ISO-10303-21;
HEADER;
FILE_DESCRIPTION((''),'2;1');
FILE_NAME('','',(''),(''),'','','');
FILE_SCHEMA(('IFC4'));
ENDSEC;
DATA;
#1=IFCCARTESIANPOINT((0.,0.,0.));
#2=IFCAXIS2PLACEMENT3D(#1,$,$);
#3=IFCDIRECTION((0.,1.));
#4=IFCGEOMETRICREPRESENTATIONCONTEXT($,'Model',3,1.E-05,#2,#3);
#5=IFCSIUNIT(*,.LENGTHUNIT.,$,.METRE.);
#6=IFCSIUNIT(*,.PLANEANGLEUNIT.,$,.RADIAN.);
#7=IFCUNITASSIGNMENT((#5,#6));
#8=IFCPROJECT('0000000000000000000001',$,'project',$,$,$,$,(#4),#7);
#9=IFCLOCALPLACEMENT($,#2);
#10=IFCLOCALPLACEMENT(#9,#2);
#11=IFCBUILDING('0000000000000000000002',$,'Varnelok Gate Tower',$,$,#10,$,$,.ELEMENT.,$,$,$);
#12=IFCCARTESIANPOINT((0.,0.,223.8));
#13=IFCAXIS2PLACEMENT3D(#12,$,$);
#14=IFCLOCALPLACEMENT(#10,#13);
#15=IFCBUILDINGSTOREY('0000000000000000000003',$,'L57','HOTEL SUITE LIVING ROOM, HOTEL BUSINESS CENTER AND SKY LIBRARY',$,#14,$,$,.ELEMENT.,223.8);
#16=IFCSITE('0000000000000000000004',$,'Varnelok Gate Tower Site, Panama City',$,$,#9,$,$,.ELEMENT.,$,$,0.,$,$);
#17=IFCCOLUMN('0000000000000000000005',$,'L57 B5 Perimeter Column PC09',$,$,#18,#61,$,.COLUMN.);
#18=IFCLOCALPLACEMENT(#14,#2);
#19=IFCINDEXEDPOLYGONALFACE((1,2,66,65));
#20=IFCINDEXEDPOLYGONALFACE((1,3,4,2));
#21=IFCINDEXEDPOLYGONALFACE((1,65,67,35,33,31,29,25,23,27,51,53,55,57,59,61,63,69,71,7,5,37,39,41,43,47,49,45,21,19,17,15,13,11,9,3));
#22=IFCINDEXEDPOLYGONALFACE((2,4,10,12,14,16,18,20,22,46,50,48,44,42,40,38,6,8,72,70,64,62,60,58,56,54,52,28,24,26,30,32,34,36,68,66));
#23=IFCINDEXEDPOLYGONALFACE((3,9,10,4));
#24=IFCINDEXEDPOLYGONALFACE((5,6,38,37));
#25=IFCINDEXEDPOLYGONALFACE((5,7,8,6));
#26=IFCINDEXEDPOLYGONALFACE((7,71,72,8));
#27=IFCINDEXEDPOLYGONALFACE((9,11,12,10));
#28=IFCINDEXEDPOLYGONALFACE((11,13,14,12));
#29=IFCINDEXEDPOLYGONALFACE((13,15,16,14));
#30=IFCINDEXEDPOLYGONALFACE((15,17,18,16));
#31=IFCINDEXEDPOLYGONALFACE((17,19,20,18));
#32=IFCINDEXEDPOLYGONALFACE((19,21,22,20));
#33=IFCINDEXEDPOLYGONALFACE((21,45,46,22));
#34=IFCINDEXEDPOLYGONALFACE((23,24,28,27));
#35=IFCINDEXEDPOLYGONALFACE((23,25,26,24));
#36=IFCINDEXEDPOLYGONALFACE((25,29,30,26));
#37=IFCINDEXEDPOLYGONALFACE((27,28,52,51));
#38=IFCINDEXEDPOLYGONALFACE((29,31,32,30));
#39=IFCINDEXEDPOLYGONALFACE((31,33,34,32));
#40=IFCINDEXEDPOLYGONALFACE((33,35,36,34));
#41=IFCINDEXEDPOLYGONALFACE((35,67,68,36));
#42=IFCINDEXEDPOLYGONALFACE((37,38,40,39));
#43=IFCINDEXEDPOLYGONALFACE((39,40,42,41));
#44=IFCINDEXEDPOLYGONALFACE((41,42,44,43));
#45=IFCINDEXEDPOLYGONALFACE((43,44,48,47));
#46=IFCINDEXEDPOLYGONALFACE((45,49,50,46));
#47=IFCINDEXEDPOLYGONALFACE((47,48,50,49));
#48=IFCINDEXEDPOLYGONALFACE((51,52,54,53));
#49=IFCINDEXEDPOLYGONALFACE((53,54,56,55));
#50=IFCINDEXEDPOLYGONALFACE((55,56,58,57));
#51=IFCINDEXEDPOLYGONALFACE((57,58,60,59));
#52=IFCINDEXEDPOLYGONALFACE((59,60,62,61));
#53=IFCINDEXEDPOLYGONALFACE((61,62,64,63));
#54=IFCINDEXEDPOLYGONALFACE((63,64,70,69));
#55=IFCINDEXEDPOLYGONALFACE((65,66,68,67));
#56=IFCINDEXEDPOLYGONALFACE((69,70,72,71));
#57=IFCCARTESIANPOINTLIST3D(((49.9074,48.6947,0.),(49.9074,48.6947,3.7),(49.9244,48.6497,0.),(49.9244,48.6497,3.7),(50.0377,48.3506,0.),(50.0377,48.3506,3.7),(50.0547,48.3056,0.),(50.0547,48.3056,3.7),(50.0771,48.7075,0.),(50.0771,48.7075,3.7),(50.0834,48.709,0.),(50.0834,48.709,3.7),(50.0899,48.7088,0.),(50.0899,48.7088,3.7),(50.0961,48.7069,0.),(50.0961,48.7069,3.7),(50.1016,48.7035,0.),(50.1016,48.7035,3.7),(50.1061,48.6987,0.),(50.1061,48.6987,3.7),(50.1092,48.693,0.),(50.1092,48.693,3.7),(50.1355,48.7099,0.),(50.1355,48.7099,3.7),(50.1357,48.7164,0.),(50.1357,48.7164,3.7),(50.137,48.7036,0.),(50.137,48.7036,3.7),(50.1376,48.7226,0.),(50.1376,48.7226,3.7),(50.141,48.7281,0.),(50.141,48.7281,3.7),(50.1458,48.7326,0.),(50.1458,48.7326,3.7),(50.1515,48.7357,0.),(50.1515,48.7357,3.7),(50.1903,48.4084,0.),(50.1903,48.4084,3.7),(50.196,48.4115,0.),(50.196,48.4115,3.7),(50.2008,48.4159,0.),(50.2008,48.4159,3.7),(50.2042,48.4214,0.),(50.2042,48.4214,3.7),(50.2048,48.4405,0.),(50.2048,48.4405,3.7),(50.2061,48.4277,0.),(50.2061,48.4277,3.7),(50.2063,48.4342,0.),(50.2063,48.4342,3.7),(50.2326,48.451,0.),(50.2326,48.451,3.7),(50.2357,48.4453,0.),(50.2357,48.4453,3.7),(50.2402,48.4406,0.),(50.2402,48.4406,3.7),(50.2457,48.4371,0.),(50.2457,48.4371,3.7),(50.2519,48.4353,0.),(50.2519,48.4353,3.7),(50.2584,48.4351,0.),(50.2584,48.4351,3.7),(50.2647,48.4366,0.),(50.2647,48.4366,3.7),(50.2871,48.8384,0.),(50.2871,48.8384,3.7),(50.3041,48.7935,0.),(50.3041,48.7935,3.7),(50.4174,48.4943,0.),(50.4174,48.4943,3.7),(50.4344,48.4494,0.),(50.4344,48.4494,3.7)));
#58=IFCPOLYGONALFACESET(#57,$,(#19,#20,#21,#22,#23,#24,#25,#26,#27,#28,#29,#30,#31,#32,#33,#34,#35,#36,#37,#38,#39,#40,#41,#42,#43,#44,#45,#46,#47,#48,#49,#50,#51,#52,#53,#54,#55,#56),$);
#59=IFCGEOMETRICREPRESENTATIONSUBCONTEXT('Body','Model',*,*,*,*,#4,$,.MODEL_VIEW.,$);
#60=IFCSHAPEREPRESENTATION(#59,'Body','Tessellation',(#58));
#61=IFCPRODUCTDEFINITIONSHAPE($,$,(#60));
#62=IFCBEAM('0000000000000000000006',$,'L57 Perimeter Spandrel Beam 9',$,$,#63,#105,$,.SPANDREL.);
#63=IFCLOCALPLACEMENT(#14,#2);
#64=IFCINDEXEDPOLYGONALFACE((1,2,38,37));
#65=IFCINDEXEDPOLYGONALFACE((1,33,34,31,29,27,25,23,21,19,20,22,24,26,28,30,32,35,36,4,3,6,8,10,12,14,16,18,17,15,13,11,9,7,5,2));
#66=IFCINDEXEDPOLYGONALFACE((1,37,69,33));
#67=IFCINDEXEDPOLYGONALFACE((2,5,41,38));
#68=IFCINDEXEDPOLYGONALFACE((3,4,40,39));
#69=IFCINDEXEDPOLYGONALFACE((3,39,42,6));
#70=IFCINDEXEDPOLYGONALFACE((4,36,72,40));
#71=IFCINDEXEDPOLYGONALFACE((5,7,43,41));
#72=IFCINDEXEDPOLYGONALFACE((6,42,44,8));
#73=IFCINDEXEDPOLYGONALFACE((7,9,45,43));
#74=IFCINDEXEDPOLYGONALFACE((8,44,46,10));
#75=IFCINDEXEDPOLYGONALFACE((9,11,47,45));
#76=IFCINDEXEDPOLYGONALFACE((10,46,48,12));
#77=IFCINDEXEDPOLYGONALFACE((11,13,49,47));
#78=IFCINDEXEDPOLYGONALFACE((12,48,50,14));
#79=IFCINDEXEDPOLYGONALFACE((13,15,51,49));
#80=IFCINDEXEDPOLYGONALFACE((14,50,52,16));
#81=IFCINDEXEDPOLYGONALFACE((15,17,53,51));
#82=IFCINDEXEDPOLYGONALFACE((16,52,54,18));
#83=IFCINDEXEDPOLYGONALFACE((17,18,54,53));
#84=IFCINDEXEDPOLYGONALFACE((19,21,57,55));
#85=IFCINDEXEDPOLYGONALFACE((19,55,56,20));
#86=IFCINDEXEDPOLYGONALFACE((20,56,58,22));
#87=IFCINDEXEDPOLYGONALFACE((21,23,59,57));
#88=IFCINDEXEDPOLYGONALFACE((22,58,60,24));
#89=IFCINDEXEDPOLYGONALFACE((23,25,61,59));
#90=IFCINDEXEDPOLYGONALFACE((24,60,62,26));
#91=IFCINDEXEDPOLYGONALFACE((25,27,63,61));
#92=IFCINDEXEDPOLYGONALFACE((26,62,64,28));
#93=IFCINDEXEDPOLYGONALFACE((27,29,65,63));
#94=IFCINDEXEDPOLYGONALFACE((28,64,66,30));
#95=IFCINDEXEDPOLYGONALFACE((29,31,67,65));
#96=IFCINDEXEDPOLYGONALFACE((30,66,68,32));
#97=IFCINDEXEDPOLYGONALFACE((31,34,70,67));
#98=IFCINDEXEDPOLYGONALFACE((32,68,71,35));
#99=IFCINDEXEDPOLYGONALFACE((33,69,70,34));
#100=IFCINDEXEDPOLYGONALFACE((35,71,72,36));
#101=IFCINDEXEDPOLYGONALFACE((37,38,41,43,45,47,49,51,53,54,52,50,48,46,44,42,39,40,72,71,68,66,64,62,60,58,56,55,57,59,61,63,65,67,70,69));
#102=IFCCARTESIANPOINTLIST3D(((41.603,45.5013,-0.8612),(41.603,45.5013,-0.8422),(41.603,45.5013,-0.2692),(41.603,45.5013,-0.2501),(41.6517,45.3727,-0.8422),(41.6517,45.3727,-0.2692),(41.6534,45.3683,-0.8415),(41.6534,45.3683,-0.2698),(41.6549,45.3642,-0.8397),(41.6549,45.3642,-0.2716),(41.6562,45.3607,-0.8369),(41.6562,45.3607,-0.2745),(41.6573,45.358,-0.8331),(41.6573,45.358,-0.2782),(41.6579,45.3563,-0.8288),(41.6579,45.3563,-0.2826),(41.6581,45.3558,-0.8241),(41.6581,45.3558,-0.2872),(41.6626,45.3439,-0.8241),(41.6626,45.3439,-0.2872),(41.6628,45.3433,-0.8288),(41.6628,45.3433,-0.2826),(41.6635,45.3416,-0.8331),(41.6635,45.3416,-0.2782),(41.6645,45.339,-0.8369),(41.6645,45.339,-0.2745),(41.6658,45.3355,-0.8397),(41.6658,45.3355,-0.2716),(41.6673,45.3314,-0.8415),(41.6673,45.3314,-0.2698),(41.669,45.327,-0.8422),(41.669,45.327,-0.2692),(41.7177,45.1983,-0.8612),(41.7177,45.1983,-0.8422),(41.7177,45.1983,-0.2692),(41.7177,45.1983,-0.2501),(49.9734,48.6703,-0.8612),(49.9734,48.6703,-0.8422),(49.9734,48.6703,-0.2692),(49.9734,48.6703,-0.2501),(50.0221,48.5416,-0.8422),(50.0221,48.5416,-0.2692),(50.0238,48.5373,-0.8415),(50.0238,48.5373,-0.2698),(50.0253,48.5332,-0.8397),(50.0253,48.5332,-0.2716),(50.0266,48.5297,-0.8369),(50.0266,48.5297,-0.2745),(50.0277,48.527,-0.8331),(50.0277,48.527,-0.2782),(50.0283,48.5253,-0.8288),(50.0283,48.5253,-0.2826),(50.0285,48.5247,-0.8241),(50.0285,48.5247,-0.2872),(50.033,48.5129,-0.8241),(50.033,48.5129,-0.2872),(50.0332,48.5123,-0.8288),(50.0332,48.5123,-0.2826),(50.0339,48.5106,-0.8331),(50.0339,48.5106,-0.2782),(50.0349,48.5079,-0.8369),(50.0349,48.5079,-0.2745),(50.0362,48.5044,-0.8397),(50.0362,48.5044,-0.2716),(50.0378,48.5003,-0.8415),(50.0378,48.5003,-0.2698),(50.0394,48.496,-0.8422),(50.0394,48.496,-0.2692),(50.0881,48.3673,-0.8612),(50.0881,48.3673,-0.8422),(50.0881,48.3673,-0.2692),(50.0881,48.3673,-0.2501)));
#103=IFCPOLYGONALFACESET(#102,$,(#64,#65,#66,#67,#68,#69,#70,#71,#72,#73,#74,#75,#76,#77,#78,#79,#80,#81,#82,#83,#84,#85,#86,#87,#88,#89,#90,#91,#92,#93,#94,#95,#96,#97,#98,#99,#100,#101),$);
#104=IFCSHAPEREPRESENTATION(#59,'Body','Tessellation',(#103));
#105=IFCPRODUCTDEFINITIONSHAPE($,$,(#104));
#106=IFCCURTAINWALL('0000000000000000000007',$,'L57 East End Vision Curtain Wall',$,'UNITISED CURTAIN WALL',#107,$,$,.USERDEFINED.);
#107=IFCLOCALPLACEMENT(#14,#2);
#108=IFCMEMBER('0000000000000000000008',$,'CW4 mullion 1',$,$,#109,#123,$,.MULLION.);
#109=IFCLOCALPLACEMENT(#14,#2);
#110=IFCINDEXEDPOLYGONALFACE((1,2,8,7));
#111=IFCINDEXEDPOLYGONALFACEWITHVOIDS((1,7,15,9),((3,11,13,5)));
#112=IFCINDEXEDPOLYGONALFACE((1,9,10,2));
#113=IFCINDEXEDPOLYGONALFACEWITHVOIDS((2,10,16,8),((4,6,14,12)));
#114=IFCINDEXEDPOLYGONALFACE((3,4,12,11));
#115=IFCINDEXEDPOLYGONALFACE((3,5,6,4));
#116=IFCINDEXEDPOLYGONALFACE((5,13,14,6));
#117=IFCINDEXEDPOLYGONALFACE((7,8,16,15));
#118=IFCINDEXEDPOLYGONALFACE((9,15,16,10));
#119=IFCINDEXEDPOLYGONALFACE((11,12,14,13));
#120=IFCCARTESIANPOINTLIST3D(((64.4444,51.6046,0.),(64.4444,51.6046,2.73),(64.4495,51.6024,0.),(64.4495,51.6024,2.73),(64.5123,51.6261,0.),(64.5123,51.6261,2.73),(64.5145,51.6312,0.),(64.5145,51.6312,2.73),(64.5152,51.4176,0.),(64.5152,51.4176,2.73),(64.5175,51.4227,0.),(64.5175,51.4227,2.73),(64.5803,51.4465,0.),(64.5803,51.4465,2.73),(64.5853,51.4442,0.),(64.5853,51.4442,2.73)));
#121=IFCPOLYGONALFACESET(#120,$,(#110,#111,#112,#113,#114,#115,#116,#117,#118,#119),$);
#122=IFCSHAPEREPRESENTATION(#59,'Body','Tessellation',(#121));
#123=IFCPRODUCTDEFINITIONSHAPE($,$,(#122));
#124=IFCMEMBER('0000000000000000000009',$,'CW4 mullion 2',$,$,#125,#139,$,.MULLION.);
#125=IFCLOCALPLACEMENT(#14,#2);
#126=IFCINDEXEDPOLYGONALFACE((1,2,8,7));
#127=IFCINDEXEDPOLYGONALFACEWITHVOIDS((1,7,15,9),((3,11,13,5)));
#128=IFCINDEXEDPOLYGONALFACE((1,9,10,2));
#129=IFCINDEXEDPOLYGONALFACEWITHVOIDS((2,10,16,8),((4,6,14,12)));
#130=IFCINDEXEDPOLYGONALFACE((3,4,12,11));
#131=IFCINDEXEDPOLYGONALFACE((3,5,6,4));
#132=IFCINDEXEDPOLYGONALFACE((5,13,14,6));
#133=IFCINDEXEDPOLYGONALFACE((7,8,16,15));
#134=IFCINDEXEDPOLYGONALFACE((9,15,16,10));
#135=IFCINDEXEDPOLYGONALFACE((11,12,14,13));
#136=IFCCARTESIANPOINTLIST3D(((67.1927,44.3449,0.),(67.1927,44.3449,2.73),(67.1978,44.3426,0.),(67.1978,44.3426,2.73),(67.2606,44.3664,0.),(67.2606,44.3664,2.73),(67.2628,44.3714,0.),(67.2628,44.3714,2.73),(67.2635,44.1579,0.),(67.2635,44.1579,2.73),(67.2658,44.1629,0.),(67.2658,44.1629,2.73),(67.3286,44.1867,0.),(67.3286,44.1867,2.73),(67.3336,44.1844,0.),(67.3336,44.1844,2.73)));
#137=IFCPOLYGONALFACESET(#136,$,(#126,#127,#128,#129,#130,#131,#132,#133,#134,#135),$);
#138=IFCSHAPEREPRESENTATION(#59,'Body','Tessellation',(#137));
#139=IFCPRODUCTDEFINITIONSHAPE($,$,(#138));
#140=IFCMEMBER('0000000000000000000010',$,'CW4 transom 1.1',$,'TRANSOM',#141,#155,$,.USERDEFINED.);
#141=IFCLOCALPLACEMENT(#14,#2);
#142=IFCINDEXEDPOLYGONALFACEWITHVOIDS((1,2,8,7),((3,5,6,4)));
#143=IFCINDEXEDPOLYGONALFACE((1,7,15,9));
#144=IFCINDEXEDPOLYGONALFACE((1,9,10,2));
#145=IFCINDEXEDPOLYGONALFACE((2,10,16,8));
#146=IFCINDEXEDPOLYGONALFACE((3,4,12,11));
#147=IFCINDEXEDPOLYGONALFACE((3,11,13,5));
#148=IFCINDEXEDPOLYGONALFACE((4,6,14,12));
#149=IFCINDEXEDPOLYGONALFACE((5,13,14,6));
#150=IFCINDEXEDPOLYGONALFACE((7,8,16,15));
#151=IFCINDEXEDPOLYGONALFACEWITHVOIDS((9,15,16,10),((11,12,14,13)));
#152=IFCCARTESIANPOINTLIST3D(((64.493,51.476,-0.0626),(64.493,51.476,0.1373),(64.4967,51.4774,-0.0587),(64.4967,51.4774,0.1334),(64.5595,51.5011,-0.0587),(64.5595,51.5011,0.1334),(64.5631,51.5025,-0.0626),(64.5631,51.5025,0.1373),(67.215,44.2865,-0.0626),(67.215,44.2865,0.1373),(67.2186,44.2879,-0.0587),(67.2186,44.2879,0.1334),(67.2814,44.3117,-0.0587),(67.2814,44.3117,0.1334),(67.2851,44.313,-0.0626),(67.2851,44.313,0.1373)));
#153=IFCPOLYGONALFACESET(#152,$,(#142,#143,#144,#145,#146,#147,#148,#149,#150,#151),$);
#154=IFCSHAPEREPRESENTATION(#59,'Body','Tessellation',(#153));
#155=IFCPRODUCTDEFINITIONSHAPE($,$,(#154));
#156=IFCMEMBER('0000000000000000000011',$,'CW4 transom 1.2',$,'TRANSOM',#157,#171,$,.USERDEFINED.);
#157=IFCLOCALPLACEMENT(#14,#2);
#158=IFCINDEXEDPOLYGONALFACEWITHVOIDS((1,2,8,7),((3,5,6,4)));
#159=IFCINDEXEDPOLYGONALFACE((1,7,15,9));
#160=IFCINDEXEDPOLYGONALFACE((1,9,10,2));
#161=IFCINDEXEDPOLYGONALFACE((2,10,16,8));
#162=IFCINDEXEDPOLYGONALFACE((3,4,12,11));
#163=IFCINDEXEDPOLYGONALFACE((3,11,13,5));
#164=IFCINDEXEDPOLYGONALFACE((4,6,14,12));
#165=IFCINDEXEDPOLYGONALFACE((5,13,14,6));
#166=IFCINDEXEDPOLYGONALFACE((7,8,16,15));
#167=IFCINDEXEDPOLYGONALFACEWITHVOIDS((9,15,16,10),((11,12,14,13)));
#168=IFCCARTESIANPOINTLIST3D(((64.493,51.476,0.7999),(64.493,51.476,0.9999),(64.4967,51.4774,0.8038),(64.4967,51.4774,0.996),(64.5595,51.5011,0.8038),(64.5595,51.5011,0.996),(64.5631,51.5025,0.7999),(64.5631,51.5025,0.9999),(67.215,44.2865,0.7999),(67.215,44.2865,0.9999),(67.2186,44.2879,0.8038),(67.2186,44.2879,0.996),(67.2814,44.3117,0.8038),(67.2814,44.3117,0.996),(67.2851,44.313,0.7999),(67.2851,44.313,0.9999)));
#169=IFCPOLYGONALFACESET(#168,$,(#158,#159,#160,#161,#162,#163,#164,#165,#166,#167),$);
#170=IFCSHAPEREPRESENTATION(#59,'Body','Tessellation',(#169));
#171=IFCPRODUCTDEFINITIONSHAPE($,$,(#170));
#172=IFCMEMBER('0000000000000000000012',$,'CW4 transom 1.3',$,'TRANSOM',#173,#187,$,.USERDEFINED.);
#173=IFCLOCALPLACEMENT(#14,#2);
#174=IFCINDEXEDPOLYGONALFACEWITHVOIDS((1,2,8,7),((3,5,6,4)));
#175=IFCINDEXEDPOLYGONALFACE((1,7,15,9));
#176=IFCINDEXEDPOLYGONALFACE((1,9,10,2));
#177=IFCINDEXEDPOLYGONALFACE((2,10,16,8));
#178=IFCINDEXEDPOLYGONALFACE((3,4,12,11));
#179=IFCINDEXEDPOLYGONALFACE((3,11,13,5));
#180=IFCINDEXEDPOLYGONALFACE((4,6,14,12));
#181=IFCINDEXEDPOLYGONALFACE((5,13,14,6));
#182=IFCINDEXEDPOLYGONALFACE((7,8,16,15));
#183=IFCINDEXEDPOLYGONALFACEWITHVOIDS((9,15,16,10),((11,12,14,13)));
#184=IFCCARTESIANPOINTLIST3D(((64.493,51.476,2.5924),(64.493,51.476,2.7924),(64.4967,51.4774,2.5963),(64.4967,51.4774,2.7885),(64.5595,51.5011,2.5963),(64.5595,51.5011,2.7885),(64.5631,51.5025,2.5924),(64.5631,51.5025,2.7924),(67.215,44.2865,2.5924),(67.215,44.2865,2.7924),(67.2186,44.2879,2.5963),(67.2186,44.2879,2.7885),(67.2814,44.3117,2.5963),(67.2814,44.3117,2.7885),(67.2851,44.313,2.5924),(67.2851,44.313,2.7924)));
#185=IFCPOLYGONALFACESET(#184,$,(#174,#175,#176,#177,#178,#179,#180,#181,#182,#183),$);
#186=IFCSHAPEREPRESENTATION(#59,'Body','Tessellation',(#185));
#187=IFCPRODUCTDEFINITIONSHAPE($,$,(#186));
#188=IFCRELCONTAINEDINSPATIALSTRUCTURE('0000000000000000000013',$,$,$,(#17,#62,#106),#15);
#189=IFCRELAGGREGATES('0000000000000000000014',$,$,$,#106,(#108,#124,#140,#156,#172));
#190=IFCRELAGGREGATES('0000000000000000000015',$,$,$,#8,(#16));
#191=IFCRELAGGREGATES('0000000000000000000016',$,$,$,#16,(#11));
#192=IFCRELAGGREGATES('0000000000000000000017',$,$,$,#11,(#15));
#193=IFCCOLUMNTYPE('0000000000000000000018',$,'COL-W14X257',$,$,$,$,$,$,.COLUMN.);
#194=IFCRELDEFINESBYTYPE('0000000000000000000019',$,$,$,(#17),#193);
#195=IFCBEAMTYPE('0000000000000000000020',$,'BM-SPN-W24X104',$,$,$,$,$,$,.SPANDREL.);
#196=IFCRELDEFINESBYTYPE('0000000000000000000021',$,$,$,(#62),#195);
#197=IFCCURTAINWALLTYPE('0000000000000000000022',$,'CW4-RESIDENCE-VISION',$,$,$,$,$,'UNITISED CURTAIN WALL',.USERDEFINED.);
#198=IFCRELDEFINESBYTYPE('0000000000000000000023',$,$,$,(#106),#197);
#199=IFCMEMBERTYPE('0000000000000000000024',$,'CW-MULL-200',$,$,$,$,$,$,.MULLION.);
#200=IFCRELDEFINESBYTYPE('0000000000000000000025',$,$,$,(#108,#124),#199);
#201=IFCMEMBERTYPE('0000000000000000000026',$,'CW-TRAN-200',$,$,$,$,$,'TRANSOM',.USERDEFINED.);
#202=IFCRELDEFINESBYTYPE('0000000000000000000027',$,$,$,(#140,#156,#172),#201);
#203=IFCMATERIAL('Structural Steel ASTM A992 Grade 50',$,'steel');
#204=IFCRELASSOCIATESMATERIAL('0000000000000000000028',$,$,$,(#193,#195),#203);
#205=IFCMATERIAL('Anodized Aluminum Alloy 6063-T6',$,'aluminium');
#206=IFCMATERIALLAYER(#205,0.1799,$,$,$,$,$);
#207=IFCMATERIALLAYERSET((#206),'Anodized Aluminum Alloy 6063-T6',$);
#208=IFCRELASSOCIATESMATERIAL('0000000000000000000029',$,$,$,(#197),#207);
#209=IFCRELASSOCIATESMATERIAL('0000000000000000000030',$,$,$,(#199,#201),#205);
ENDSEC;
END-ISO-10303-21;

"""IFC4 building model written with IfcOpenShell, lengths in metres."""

from ifc_helpers import new_model, si_unit, direction, frame, origin, origin_2d, place, context, subcontext, project, spatial, hollow_rectangle, i_section, extrude, material, layer, layer_set, material_profile, profile_set, type_object, element, aggregate, save


model = new_model("IFC4")

# Units and contexts
model_context = context("Model", 3, precision=1e-05, world=origin(), true_north=direction((0.0, 1.0)))
body_context = subcontext(model_context, "Body", "Model", "MODEL_VIEW")
ifc_project = project(units=[si_unit("LENGTHUNIT", "METRE"), si_unit("PLANEANGLEUNIT", "RADIAN")], contexts=[model_context])

# Site, building, storey
site_placement = place(None, origin())
site = spatial("IfcSite", under=ifc_project, at=site_placement, Name="Varnelok Gate Tower Site, Panama City", CompositionType="ELEMENT", RefElevation=0.0)
building_placement = place(site_placement, origin())
building = spatial("IfcBuilding", under=site, at=building_placement, Name="Varnelok Gate Tower", CompositionType="ELEMENT")
storey_placement = place(building_placement, frame((0.0, 0.0, 223.8)))
storey = spatial("IfcBuildingStorey", under=building, at=storey_placement, Name="L57", Description="HOTEL SUITE LIVING ROOM, HOTEL BUSINESS CENTER AND SKY LIBRARY", CompositionType="ELEMENT", Elevation=223.8)

# Column
ifc_material_1 = material(Name="Structural Steel ASTM A992 Grade 50", Category="steel")
ifc_material_profile_1 = material_profile(ifc_material_1, i_section(OverallWidth=0.406, OverallDepth=0.416, WebThickness=0.0298, FlangeThickness=0.0481, FilletRadius=0.0249, at=origin_2d()), Name="W14X257")
ifc_profile_set_1 = profile_set([ifc_material_profile_1], Name="Structural Steel ASTM A992 Grade 50")
column_type = type_object("IfcColumnType", Name="COL-W14X257", PredefinedType="COLUMN", material=ifc_profile_set_1)
column_placement = place(storey_placement, frame((50.1709, 48.572, 0.0), z_axis=(0.0, 0.0, 1.0), x_axis=(0.935222, 0.354063, 0.0)))
element("IfcColumn", 1, at=column_placement, inside=storey, type_object=column_type, Name="L57 B5 Perimeter Column PC09", PredefinedType="COLUMN", context=body_context, shape_type="SweptSolid", body=[
    extrude(i_section(OverallWidth=0.406, OverallDepth=0.416, WebThickness=0.0298, FlangeThickness=0.0481, FilletRadius=0.0249, at=origin_2d()), origin(), (0.0, 0.0, 1.0), 3.7),
])

# Beam
ifc_material_profile_2 = material_profile(ifc_material_1, i_section(OverallWidth=0.324, OverallDepth=0.6111, WebThickness=0.0127, FlangeThickness=0.019, FilletRadius=0.0181, at=origin_2d()), Name="W24X104")
ifc_profile_set_2 = profile_set([ifc_material_profile_2], Name="Structural Steel ASTM A992 Grade 50")
beam_type = type_object("IfcBeamType", Name="BM-SPN-W24X104", PredefinedType="SPANDREL", material=ifc_profile_set_2)
beam_placement = place(storey_placement, frame((50.0308, 48.5188, -0.5557), z_axis=(-0.93522, -0.354066, 0.0), x_axis=(0.354066, -0.93522, 0.0)))
element("IfcBeam", 2, at=beam_placement, inside=storey, type_object=beam_type, Name="L57 Perimeter Spandrel Beam 9", PredefinedType="SPANDREL", context=body_context, shape_type="SweptSolid", body=[
    extrude(i_section(OverallWidth=0.324, OverallDepth=0.6111, WebThickness=0.0127, FlangeThickness=0.019, FilletRadius=0.0181, at=origin_2d()), origin(), (0.0, 0.0, 1.0), 8.9502),
])

# Curtain wall, members
ifc_material_2 = material(Name="Anodized Aluminum Alloy 6063-T6", Category="aluminium")
ifc_layer_1 = layer(ifc_material_2, 0.1799)
ifc_layer_set_1 = layer_set([ifc_layer_1], Name="Anodized Aluminum Alloy 6063-T6")
curtain_wall_type = type_object("IfcCurtainWallType", Name="CW4-RESIDENCE-VISION", ElementType="UNITISED CURTAIN WALL", PredefinedType="USERDEFINED", material=ifc_layer_set_1)
curtain_wall_placement = place(storey_placement, origin())
curtain_wall = element("IfcCurtainWall", 3, at=curtain_wall_placement, inside=storey, type_object=curtain_wall_type, Name="L57 East End Vision Curtain Wall", ObjectType="UNITISED CURTAIN WALL", PredefinedType="USERDEFINED")
ifc_material_profile_3 = material_profile(ifc_material_2, hollow_rectangle(XDim=0.075, YDim=0.2, WallThickness=0.0039, at=origin_2d()), Name="ALU200X75X4")
ifc_profile_set_3 = profile_set([ifc_material_profile_3], Name="Anodized Aluminum Alloy 6063-T6")
member_type_1 = type_object("IfcMemberType", Name="CW-MULL-200", PredefinedType="MULLION", material=ifc_profile_set_3)
member_1_placement = place(storey_placement, frame((64.5149, 51.5244, 0.0), z_axis=(0.0, 0.0, 1.0), x_axis=(0.935222, 0.354063, 0.0)))
member_1 = element("IfcMember", 4, at=member_1_placement, type_object=member_type_1, Name="CW4 mullion 1", PredefinedType="MULLION", context=body_context, shape_type="SweptSolid", body=[
    extrude(hollow_rectangle(XDim=0.075, YDim=0.2, WallThickness=0.0039, at=origin_2d()), origin(), (0.0, 0.0, 1.0), 2.73),
])
member_2_placement = place(storey_placement, frame((67.2632, 44.2646, 0.0), z_axis=(0.0, 0.0, 1.0), x_axis=(0.935222, 0.354063, 0.0)))
member_2 = element("IfcMember", 5, at=member_2_placement, type_object=member_type_1, Name="CW4 mullion 2", PredefinedType="MULLION", context=body_context, shape_type="SweptSolid", body=[
    extrude(hollow_rectangle(XDim=0.075, YDim=0.2, WallThickness=0.0039, at=origin_2d()), origin(), (0.0, 0.0, 1.0), 2.73),
])
ifc_material_profile_4 = material_profile(ifc_material_2, hollow_rectangle(XDim=0.075, YDim=0.2, WallThickness=0.0039, at=origin_2d()), Name="ALU200X75X4")
ifc_profile_set_4 = profile_set([ifc_material_profile_4], Name="Anodized Aluminum Alloy 6063-T6")
member_type_2 = type_object("IfcMemberType", Name="CW-TRAN-200", ElementType="TRANSOM", PredefinedType="USERDEFINED", material=ifc_profile_set_4)
member_3_placement = place(storey_placement, frame((64.5281, 51.4893, 0.0374), z_axis=(0.354073, -0.935218, 0.0), x_axis=(0.935218, 0.354073, 0.0)))
member_3 = element("IfcMember", 6, at=member_3_placement, type_object=member_type_2, Name="CW4 transom 1.1", ObjectType="TRANSOM", PredefinedType="USERDEFINED", context=body_context, shape_type="SweptSolid", body=[
    extrude(hollow_rectangle(XDim=0.075, YDim=0.2, WallThickness=0.0039, at=origin_2d()), origin(), (0.0, 0.0, 1.0), 7.6875),
])
member_4_placement = place(storey_placement, frame((64.5281, 51.4893, 0.8999), z_axis=(0.354073, -0.935218, 0.0), x_axis=(0.935218, 0.354073, 0.0)))
member_4 = element("IfcMember", 7, at=member_4_placement, type_object=member_type_2, Name="CW4 transom 1.2", ObjectType="TRANSOM", PredefinedType="USERDEFINED", context=body_context, shape_type="SweptSolid", body=[
    extrude(hollow_rectangle(XDim=0.075, YDim=0.2, WallThickness=0.0039, at=origin_2d()), origin(), (0.0, 0.0, 1.0), 7.6875),
])
member_5_placement = place(storey_placement, frame((64.5281, 51.4893, 2.6924), z_axis=(0.354073, -0.935218, 0.0), x_axis=(0.935218, 0.354073, 0.0)))
member_5 = element("IfcMember", 8, at=member_5_placement, type_object=member_type_2, Name="CW4 transom 1.3", ObjectType="TRANSOM", PredefinedType="USERDEFINED", context=body_context, shape_type="SweptSolid", body=[
    extrude(hollow_rectangle(XDim=0.075, YDim=0.2, WallThickness=0.0039, at=origin_2d()), origin(), (0.0, 0.0, 1.0), 7.6875),
])
aggregate(curtain_wall, [member_1, member_2, member_3, member_4, member_5])

save(model, "model.ifc")
